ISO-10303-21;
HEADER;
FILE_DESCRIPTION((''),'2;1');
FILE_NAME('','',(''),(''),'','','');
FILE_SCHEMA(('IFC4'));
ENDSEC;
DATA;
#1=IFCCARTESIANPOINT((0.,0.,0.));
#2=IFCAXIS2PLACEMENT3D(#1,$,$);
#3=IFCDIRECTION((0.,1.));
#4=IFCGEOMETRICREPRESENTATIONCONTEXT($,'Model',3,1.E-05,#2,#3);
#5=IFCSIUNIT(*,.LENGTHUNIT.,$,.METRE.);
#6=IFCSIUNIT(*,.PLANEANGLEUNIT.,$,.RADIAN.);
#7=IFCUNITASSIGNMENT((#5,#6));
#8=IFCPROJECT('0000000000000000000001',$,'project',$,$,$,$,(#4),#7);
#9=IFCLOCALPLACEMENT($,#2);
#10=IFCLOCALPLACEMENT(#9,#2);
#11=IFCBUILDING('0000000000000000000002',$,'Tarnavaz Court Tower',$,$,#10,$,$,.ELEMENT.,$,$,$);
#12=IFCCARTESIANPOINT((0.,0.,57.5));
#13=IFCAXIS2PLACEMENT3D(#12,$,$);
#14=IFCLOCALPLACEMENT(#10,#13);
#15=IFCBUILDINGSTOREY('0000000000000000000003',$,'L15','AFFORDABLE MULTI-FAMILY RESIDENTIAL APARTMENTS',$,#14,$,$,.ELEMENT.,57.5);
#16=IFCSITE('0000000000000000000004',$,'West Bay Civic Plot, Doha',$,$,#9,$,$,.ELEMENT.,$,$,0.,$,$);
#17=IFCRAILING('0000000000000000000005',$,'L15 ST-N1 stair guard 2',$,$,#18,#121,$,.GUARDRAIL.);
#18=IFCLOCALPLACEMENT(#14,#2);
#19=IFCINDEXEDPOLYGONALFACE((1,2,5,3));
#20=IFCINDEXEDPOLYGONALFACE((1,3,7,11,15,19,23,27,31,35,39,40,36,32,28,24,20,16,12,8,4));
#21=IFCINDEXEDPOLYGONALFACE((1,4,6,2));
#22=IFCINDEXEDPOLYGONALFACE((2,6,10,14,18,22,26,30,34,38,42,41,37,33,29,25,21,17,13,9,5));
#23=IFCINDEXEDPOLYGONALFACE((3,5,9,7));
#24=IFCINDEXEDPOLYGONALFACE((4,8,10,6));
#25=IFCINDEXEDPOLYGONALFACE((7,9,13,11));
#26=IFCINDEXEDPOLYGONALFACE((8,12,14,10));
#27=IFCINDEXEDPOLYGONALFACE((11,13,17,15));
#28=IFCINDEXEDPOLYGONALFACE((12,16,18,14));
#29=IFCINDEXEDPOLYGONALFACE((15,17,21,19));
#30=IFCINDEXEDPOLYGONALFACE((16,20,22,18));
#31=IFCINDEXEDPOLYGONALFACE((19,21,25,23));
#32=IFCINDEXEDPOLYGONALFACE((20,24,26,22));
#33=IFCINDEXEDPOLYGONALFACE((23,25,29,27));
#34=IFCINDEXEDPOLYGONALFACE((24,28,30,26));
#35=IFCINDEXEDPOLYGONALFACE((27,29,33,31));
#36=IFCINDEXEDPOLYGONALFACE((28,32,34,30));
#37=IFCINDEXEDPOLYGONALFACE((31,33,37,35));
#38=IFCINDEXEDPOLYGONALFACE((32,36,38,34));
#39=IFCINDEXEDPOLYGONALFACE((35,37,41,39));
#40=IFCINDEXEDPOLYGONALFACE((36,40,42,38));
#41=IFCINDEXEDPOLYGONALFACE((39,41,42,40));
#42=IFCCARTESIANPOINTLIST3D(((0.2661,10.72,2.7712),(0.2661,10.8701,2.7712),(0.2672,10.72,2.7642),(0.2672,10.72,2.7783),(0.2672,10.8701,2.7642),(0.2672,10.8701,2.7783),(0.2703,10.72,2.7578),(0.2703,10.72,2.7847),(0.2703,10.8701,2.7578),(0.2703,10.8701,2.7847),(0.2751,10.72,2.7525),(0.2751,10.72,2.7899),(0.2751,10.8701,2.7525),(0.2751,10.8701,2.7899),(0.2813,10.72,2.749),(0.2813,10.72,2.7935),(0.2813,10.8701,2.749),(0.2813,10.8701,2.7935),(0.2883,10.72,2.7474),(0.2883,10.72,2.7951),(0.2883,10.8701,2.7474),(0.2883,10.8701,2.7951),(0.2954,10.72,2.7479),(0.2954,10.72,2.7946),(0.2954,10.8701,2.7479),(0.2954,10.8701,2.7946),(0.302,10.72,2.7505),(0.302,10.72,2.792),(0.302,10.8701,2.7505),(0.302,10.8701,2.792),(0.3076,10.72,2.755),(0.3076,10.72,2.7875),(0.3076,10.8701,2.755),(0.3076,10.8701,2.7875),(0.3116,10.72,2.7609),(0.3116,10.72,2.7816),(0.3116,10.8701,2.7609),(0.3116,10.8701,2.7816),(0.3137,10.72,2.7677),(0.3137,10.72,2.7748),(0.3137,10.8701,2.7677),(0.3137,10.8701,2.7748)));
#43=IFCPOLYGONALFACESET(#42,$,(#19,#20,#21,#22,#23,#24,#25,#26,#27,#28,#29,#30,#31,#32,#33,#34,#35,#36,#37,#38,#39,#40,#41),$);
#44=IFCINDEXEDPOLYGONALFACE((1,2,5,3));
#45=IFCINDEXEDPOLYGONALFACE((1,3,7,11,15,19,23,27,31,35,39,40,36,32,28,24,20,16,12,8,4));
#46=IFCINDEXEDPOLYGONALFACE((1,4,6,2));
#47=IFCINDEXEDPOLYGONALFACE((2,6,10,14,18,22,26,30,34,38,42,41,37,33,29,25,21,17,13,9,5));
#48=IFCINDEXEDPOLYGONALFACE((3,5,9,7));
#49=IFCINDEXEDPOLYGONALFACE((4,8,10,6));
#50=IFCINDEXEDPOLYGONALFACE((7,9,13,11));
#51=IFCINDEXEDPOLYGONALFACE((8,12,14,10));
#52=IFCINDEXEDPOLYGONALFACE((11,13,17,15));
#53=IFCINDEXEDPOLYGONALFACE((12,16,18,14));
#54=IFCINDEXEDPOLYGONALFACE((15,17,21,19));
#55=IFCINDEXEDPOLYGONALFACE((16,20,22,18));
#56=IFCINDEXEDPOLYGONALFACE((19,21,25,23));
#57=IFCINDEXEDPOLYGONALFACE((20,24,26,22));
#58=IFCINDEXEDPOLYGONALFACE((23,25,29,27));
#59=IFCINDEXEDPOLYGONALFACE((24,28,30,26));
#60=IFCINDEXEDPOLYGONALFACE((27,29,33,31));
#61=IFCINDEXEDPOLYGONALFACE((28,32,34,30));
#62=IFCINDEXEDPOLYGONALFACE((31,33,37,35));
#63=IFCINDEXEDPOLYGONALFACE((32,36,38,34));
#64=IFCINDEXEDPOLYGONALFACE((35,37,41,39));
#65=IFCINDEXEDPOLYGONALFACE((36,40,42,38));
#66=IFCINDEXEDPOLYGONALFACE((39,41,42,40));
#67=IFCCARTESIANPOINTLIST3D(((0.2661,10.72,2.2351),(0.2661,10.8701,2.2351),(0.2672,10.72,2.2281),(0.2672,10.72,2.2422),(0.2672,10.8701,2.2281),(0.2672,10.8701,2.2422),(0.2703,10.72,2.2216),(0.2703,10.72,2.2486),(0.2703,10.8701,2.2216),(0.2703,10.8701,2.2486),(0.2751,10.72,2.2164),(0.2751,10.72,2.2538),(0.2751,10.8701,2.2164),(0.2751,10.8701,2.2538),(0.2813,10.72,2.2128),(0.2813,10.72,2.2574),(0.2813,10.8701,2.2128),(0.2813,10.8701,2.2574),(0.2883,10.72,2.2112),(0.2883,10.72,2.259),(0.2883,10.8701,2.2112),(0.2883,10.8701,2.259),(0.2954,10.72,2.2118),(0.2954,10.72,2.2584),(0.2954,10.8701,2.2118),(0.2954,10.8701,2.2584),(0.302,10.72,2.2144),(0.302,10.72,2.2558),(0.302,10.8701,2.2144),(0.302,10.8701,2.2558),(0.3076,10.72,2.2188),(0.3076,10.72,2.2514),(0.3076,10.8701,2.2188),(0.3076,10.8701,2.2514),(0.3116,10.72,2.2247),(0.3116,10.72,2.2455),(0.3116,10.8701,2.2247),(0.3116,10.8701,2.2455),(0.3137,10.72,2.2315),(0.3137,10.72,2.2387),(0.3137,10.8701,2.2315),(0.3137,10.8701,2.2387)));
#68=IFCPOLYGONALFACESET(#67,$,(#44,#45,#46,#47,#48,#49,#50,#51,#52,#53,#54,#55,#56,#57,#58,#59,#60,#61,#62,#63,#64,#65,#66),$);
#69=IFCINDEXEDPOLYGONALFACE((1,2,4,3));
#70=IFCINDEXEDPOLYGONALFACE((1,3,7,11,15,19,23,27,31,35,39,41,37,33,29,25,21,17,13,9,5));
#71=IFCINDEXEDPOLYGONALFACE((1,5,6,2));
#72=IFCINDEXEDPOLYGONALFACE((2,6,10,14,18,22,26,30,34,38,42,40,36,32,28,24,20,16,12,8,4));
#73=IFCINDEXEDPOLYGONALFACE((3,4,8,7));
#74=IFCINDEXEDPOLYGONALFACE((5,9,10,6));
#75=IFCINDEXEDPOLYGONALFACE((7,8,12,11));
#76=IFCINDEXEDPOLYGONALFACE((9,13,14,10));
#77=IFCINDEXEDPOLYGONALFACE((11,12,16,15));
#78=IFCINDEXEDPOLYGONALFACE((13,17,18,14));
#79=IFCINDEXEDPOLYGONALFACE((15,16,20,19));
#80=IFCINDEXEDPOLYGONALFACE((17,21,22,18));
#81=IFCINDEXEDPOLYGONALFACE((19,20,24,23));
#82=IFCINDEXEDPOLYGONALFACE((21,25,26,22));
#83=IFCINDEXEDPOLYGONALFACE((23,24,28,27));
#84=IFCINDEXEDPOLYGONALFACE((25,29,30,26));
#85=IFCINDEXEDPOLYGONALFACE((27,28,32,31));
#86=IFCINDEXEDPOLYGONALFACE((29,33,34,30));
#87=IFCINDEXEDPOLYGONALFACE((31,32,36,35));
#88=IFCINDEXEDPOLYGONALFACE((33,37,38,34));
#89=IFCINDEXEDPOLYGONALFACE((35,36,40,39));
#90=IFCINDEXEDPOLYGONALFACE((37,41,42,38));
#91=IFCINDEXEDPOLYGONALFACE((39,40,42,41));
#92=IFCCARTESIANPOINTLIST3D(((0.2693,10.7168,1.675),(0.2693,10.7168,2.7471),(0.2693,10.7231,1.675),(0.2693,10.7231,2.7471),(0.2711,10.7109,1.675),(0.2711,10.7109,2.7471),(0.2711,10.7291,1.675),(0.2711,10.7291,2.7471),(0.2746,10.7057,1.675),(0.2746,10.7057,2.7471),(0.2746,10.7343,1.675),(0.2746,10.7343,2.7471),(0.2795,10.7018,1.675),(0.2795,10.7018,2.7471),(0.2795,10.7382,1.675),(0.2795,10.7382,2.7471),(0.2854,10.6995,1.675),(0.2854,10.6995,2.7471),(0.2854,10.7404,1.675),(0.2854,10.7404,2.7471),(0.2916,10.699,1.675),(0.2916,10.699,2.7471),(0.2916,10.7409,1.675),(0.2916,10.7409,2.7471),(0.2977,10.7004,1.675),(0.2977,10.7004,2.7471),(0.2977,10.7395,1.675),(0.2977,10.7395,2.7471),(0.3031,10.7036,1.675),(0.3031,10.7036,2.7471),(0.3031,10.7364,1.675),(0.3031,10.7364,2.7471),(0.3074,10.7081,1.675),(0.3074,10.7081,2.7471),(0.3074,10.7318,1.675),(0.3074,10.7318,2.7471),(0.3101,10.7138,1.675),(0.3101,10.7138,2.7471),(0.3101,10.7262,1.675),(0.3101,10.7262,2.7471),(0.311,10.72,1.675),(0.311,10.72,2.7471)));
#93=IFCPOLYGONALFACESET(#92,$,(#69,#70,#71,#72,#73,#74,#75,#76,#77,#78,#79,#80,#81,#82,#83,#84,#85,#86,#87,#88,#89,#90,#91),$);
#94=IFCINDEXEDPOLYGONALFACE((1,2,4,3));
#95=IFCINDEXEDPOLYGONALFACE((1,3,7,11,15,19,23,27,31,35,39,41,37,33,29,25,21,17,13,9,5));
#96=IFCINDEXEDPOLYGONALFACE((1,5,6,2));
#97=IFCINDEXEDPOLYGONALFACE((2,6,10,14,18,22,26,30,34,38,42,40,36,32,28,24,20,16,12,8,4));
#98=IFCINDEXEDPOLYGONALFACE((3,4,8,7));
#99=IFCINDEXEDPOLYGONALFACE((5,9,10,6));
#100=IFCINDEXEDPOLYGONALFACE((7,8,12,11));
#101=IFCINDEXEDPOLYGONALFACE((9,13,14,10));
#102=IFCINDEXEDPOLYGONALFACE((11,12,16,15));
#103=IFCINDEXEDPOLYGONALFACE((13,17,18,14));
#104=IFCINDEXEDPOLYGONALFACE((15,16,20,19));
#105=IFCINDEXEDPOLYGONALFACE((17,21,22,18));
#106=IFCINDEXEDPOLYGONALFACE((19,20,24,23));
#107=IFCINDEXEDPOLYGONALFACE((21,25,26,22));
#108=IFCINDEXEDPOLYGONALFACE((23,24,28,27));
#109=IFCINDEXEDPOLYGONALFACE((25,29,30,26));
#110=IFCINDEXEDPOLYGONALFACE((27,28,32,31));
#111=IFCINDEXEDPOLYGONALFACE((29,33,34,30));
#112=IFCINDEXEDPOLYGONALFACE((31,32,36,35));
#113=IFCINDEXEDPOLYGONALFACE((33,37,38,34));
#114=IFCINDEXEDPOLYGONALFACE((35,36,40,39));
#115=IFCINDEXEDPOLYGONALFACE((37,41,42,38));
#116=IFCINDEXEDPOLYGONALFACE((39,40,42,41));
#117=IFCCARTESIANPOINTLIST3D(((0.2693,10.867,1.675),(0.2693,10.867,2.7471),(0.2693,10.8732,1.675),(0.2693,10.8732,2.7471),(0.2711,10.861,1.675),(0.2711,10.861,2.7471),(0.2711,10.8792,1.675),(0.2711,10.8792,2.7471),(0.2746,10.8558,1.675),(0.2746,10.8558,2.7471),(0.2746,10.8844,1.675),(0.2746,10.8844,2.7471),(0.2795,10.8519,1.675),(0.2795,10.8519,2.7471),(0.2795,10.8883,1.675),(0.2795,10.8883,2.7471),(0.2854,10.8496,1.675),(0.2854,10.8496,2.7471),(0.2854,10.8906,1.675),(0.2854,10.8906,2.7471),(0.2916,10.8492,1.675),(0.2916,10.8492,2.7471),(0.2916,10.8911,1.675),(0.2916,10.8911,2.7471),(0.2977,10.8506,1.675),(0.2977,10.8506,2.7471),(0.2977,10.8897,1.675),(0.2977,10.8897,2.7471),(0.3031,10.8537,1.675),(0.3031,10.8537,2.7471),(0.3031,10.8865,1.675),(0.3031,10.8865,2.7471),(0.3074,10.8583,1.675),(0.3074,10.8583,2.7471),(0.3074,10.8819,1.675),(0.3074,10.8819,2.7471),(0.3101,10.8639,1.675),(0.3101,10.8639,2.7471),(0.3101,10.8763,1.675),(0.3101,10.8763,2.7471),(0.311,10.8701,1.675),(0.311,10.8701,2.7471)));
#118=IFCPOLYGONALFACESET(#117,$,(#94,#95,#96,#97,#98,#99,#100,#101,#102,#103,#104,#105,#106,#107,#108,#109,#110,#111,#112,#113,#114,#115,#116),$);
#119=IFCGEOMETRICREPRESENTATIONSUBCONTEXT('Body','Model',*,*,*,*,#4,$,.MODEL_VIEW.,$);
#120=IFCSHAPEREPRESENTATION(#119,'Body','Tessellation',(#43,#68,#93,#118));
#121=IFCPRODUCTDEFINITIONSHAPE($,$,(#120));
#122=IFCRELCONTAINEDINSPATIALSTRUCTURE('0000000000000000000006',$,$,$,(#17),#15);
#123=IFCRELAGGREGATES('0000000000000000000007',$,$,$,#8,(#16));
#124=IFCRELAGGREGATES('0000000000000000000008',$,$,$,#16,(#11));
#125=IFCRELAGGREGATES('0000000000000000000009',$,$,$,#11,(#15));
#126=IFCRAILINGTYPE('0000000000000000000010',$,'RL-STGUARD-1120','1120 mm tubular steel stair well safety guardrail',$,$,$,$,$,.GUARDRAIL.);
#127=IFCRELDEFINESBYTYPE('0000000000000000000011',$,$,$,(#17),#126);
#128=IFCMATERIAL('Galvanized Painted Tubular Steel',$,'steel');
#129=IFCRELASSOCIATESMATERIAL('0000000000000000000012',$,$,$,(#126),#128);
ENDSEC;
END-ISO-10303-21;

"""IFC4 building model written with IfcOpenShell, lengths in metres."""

from ifc_helpers import new_model, si_unit, direction, frame, origin, origin_2d, place, context, subcontext, project, spatial, circle, extrude, material, type_object, element, save


model = new_model("IFC4")

# Units and contexts
model_context = context("Model", 3, precision=1e-05, world=origin(), true_north=direction((0.0, 1.0)))
body_context = subcontext(model_context, "Body", "Model", "MODEL_VIEW")
ifc_project = project(units=[si_unit("LENGTHUNIT", "METRE"), si_unit("PLANEANGLEUNIT", "RADIAN")], contexts=[model_context])

# Site, building, storey
site_placement = place(None, origin())
site = spatial("IfcSite", under=ifc_project, at=site_placement, Name="West Bay Civic Plot, Doha", CompositionType="ELEMENT", RefElevation=0.0)
building_placement = place(site_placement, origin())
building = spatial("IfcBuilding", under=site, at=building_placement, Name="Tarnavaz Court Tower", CompositionType="ELEMENT")
storey_placement = place(building_placement, frame((0.0, 0.0, 57.5)))
storey = spatial("IfcBuildingStorey", under=building, at=storey_placement, Name="L15", Description="AFFORDABLE MULTI-FAMILY RESIDENTIAL APARTMENTS", CompositionType="ELEMENT", Elevation=57.5)

# Railing
ifc_material_1 = material(Name="Galvanized Painted Tubular Steel", Category="steel")
railing_type_1 = type_object("IfcRailingType", Name="RL-STGUARD-1120", Description="1120 mm tubular steel stair well safety guardrail", PredefinedType="GUARDRAIL", material=ifc_material_1)
railing_1_placement = place(storey_placement, frame((0.29, 10.72, 1.675)))
element("IfcRailing", 1, at=railing_1_placement, inside=storey, type_object=railing_type_1, Name="L15 ST-N1 stair guard 2", PredefinedType="GUARDRAIL", context=body_context, shape_type="SweptSolid", body=[
    extrude(circle(Radius=0.0239, at=origin_2d()), frame((0.0, 0.0, 1.0962), z_axis=(0.0, 1.0, 0.0), x_axis=(-1.0, 0.0, 0.0)), (0.0, 0.0, 1.0), 0.1501),
    extrude(circle(Radius=0.0239, at=origin_2d()), frame((0.0, 0.0, 0.5601), z_axis=(0.0, 1.0, 0.0), x_axis=(-1.0, 0.0, 0.0)), (0.0, 0.0, 1.0), 0.1501),
    extrude(circle(Radius=0.021, at=origin_2d()), origin(), (0.0, 0.0, 1.0), 1.072),
    extrude(circle(Radius=0.021, at=origin_2d()), frame((0.0, 0.1501, 0.0)), (0.0, 0.0, 1.0), 1.072),
])

save(model, "model.ifc")
